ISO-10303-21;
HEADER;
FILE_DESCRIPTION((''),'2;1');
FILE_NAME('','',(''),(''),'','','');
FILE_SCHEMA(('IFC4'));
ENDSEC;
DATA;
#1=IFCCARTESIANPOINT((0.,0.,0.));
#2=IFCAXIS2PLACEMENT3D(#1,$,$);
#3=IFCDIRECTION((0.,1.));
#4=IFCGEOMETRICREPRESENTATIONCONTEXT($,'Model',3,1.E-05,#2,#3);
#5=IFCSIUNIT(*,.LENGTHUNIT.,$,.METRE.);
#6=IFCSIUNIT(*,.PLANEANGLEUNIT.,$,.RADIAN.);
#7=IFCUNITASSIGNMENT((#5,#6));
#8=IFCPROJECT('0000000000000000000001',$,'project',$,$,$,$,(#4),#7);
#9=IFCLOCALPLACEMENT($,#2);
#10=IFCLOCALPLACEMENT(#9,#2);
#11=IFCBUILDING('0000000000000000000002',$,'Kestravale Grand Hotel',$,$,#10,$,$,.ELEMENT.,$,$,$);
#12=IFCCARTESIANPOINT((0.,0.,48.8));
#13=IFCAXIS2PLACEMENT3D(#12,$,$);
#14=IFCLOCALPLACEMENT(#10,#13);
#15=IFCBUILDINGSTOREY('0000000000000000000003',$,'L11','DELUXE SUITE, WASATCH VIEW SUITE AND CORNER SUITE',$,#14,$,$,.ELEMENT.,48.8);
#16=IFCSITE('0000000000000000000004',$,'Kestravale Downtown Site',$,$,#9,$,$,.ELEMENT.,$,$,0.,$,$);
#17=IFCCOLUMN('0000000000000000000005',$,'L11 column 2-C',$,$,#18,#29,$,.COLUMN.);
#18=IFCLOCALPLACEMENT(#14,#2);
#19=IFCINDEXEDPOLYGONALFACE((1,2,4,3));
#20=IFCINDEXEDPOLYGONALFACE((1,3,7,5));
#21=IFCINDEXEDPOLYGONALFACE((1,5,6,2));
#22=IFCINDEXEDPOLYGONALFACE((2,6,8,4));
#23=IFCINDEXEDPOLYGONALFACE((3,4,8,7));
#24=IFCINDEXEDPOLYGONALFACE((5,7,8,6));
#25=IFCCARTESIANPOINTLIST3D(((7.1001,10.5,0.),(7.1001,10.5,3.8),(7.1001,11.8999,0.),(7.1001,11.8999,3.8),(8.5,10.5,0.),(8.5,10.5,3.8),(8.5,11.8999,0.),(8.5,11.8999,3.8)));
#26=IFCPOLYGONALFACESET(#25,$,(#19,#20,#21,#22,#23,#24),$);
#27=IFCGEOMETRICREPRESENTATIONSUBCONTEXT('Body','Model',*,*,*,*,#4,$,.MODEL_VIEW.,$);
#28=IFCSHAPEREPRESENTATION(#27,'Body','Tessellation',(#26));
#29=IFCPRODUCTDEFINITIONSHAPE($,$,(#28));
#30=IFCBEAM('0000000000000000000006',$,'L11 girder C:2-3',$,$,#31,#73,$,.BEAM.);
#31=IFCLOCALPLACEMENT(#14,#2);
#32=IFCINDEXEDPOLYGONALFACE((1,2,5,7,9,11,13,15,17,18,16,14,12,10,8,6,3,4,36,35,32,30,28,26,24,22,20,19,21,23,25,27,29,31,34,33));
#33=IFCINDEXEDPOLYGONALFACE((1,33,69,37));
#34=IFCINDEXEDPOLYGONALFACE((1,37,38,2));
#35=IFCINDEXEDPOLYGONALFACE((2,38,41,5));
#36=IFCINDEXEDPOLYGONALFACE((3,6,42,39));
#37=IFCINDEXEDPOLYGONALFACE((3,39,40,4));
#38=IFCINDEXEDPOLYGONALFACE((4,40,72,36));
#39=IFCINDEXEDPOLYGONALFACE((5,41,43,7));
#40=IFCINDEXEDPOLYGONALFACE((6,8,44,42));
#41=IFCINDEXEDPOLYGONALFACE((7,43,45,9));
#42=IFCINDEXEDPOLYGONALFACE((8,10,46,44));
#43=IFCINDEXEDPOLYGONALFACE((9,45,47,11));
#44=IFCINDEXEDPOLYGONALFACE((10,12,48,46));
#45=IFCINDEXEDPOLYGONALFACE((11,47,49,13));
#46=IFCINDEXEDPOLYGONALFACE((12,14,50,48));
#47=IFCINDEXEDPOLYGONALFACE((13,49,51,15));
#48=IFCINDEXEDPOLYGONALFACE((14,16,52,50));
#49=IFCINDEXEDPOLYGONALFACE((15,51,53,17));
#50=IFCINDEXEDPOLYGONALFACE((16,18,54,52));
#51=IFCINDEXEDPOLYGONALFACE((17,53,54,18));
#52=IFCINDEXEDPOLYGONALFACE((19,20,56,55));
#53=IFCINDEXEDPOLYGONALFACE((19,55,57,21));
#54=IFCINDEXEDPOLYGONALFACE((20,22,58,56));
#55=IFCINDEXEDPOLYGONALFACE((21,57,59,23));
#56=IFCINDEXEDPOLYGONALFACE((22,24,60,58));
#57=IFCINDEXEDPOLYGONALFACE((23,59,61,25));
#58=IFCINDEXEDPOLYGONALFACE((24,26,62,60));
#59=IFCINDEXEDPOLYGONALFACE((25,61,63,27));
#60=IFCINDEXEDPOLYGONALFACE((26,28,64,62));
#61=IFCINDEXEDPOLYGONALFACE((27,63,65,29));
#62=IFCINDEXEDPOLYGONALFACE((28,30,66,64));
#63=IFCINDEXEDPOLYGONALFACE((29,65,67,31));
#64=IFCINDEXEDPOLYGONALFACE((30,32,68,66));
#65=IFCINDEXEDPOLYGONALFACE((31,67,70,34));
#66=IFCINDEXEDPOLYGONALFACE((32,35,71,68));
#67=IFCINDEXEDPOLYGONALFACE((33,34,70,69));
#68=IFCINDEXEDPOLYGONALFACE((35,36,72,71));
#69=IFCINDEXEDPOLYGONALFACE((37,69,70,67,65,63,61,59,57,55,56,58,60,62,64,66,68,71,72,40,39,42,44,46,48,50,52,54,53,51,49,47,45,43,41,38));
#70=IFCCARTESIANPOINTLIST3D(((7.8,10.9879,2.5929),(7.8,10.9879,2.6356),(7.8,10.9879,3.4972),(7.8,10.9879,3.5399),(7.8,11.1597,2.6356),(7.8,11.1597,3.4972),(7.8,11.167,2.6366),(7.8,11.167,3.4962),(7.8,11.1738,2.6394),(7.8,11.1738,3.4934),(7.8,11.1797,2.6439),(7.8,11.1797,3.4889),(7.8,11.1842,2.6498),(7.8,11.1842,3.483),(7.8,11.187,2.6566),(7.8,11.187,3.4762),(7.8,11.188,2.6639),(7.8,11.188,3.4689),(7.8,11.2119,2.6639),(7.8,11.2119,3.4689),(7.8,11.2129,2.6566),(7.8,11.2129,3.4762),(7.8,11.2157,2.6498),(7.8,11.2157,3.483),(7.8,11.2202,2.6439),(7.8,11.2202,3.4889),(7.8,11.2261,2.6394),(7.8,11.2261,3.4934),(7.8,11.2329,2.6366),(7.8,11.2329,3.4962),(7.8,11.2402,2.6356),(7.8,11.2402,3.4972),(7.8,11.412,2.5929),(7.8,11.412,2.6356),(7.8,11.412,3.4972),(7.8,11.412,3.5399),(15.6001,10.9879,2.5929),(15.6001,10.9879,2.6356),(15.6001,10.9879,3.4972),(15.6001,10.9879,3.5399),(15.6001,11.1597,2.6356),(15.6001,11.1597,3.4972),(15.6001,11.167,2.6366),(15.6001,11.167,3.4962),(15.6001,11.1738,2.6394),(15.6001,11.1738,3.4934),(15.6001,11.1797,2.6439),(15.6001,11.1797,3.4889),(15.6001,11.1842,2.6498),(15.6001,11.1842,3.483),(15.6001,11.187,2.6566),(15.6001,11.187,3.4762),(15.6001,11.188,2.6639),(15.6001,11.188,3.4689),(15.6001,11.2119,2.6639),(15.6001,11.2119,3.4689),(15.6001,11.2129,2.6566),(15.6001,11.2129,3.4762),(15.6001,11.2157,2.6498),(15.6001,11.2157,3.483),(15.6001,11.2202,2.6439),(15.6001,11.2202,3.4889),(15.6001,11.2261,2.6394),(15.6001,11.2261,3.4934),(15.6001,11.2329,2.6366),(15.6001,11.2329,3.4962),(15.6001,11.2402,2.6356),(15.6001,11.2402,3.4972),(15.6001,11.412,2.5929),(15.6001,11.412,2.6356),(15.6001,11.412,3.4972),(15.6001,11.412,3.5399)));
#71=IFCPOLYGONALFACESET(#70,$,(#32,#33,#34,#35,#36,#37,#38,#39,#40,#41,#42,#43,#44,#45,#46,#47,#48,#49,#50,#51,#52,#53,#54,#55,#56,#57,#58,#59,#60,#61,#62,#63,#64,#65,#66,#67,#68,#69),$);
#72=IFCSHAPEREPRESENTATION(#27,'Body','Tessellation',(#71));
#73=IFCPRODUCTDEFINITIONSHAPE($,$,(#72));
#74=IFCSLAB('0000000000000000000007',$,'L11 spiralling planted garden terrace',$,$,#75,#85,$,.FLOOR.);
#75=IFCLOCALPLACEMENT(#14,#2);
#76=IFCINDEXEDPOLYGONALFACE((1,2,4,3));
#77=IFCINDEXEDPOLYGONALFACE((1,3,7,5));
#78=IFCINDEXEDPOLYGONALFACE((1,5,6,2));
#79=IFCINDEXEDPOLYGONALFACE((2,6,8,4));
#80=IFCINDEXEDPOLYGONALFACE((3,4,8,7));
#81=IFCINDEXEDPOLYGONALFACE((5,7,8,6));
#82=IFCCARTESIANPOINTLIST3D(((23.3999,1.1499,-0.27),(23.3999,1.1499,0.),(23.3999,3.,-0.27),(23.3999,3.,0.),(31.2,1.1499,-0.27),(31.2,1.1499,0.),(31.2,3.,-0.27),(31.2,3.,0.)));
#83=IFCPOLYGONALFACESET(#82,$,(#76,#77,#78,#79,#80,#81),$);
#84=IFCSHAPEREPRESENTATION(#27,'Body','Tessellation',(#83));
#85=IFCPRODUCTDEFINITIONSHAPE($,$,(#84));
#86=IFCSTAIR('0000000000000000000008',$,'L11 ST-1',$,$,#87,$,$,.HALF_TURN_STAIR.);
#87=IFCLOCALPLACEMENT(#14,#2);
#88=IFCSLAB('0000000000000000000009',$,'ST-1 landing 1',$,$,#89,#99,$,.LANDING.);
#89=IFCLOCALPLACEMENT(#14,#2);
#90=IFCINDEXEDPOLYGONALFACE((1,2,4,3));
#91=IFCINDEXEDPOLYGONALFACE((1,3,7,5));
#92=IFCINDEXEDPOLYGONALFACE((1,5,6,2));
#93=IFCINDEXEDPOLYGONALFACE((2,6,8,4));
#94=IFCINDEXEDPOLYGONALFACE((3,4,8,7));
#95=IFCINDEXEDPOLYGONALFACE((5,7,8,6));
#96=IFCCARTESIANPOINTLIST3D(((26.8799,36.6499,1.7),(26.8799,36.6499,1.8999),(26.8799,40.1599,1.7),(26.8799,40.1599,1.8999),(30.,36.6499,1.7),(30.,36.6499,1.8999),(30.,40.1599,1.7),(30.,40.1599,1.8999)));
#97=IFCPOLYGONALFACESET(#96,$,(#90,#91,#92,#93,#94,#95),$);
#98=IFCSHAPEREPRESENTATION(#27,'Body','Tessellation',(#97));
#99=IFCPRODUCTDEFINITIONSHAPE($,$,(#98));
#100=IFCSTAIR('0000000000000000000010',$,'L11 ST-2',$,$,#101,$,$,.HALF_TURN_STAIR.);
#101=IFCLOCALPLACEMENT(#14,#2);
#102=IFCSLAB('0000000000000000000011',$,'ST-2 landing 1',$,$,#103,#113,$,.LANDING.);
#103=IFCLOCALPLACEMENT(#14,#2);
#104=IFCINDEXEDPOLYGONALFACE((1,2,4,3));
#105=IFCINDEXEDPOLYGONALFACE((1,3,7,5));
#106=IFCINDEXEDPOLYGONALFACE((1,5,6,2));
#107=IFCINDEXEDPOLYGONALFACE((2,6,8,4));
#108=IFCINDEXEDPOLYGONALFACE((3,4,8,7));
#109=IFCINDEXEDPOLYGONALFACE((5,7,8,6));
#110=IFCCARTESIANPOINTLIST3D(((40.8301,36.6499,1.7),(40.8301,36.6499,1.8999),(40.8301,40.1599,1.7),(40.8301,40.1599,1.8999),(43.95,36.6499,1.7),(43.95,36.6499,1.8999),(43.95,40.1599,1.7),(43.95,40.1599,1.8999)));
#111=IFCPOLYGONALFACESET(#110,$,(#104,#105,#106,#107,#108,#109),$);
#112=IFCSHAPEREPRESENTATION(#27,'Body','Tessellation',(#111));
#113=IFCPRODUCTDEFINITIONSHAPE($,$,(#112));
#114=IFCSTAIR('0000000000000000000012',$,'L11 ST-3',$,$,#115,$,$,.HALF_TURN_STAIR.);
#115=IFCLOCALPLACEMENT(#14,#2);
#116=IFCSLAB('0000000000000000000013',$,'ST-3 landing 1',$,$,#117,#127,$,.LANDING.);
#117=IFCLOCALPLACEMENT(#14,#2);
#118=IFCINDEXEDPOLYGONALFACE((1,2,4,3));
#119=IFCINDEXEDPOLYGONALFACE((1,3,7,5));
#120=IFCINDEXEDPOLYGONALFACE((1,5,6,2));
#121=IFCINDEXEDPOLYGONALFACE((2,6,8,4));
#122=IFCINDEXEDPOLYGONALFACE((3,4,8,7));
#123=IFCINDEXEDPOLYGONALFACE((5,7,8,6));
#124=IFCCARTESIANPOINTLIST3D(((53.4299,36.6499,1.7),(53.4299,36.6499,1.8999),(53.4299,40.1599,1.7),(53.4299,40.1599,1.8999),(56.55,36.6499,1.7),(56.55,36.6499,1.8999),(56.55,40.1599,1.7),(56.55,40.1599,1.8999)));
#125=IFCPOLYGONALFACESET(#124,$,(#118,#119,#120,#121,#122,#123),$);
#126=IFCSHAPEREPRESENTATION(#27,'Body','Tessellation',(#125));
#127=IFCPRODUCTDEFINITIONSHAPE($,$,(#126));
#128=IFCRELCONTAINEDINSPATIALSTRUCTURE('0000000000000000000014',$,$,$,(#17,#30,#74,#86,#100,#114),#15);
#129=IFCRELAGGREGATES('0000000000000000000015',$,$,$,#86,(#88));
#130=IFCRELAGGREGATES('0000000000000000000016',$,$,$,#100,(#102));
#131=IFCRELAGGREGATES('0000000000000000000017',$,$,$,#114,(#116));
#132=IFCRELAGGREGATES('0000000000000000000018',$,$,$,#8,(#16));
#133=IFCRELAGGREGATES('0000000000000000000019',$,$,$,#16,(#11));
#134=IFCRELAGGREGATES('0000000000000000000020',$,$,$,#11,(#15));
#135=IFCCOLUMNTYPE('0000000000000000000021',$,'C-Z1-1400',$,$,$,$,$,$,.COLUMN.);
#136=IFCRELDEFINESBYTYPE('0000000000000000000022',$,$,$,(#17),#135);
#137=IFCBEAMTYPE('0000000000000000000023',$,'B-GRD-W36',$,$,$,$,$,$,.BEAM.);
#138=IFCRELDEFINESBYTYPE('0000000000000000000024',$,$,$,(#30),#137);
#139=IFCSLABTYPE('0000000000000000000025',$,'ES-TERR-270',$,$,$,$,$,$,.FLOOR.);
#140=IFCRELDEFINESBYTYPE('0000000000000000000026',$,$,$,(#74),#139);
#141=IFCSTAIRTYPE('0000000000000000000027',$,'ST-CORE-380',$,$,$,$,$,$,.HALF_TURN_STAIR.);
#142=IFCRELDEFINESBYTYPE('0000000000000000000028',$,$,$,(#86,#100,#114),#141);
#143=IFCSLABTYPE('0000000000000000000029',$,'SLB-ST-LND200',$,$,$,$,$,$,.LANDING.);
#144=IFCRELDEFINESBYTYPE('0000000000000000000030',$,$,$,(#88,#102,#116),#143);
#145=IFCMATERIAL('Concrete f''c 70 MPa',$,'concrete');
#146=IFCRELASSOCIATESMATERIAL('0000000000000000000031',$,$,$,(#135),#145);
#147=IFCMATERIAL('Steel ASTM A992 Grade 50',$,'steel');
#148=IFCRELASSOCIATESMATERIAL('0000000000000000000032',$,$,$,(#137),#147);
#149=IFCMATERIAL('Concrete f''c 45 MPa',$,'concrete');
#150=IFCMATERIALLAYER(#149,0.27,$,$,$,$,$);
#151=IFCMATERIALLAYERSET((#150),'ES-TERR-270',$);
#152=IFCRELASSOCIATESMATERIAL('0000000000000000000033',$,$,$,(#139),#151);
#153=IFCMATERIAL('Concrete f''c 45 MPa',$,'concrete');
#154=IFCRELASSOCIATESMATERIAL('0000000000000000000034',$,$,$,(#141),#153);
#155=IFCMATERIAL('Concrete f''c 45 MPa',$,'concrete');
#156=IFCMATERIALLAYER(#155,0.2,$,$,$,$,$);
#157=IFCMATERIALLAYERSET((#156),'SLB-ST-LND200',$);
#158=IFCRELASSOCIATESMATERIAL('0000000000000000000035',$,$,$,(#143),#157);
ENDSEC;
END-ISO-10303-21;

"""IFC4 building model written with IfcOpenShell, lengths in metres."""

from ifc_helpers import new_model, si_unit, direction, frame, origin, origin_2d, place, context, subcontext, project, spatial, polyline, rectangle, i_section, outline, extrude, material, layer, layer_set, material_profile, profile_set, type_object, element, aggregate, save


model = new_model("IFC4")

# Units and contexts
model_context = context("Model", 3, precision=1e-05, world=origin(), true_north=direction((0.0, 1.0)))
body_context = subcontext(model_context, "Body", "Model", "MODEL_VIEW")
ifc_project = project(units=[si_unit("LENGTHUNIT", "METRE"), si_unit("PLANEANGLEUNIT", "RADIAN")], contexts=[model_context])

# Site, building, storey
site_placement = place(None, origin())
site = spatial("IfcSite", under=ifc_project, at=site_placement, Name="Kestravale Downtown Site", CompositionType="ELEMENT", RefElevation=0.0)
building_placement = place(site_placement, origin())
building = spatial("IfcBuilding", under=site, at=building_placement, Name="Kestravale Grand Hotel", CompositionType="ELEMENT")
storey_placement = place(building_placement, frame((0.0, 0.0, 48.8)))
storey = spatial("IfcBuildingStorey", under=building, at=storey_placement, Name="L11", Description="DELUXE SUITE, WASATCH VIEW SUITE AND CORNER SUITE", CompositionType="ELEMENT", Elevation=48.8)

# Column
ifc_material_1 = material(Name="Concrete f'c 70 MPa", Category="concrete")
ifc_material_profile_1 = material_profile(ifc_material_1, rectangle(XDim=1.3999, YDim=1.3999, at=origin_2d()))
ifc_profile_set_1 = profile_set([ifc_material_profile_1], Name="Concrete f'c 70 MPa")
column_type = type_object("IfcColumnType", Name="C-Z1-1400", PredefinedType="COLUMN", material=ifc_profile_set_1)
column_placement = place(storey_placement, frame((7.8, 11.2, 0.0), z_axis=(0.0, 0.0, 1.0), x_axis=(1.0, 0.0, 0.0)))
element("IfcColumn", 1, at=column_placement, inside=storey, type_object=column_type, Name="L11 column 2-C", PredefinedType="COLUMN", context=body_context, shape_type="SweptSolid", body=[
    extrude(rectangle(XDim=1.3999, YDim=1.3999, at=origin_2d()), origin(), (0.0, 0.0, 1.0), 3.8),
])

# Beam
ifc_material_2 = material(Name="Steel ASTM A992 Grade 50", Category="steel")
ifc_material_profile_2 = material_profile(ifc_material_2, i_section(OverallWidth=0.4241, OverallDepth=0.947, WebThickness=0.0239, FlangeThickness=0.0427, FilletRadius=0.0283, at=origin_2d()))
ifc_profile_set_2 = profile_set([ifc_material_profile_2], Name="Steel ASTM A992 Grade 50")
beam_type = type_object("IfcBeamType", Name="B-GRD-W36", PredefinedType="BEAM", material=ifc_profile_set_2)
beam_placement = place(storey_placement, frame((7.8, 11.2, 3.0664), z_axis=(1.0, 0.0, 0.0), x_axis=(0.0, 1.0, 0.0)))
element("IfcBeam", 2, at=beam_placement, inside=storey, type_object=beam_type, Name="L11 girder C:2-3", PredefinedType="BEAM", context=body_context, shape_type="SweptSolid", body=[
    extrude(i_section(OverallWidth=0.4241, OverallDepth=0.947, WebThickness=0.0239, FlangeThickness=0.0427, FilletRadius=0.0283, at=origin_2d()), origin(), (0.0, 0.0, 1.0), 7.8),
])

# Slab
ifc_material_3 = material(Name="Concrete f'c 45 MPa", Category="concrete")
ifc_layer_1 = layer(ifc_material_3, 0.27)
ifc_layer_set_1 = layer_set([ifc_layer_1], Name="ES-TERR-270")
slab_type_1 = type_object("IfcSlabType", Name="ES-TERR-270", PredefinedType="FLOOR", material=ifc_layer_set_1)
slab_1_placement = place(storey_placement, frame((0.0, 0.0, -0.27)))
element("IfcSlab", 3, at=slab_1_placement, inside=storey, type_object=slab_type_1, Name="L11 spiralling planted garden terrace", PredefinedType="FLOOR", context=body_context, shape_type="SweptSolid", body=[
    extrude(outline(polyline([(23.3999, 1.1499), (31.2, 1.1499), (31.2, 3.0), (23.3999, 3.0), (23.3999, 1.1499)])), origin(), (0.0, 0.0, 1.0), 0.27),
])

# Stairs, slabs
ifc_material_4 = material(Name="Concrete f'c 45 MPa", Category="concrete")
stair_type = type_object("IfcStairType", Name="ST-CORE-380", PredefinedType="HALF_TURN_STAIR", material=ifc_material_4)
stair_1_placement = place(storey_placement, origin())
stair_1 = element("IfcStair", 4, at=stair_1_placement, inside=storey, type_object=stair_type, Name="L11 ST-1", PredefinedType="HALF_TURN_STAIR")
ifc_material_5 = material(Name="Concrete f'c 45 MPa", Category="concrete")
ifc_layer_2 = layer(ifc_material_5, 0.2)
ifc_layer_set_2 = layer_set([ifc_layer_2], Name="SLB-ST-LND200")
slab_type_2 = type_object("IfcSlabType", Name="SLB-ST-LND200", PredefinedType="LANDING", material=ifc_layer_set_2)
slab_2_placement = place(storey_placement, frame((0.0, 0.0, 1.7)))
slab_2 = element("IfcSlab", 5, at=slab_2_placement, type_object=slab_type_2, Name="ST-1 landing 1", PredefinedType="LANDING", context=body_context, shape_type="SweptSolid", body=[
    extrude(outline(polyline([(26.8799, 36.6499), (30.0, 36.6499), (30.0, 40.1599), (26.8799, 40.1599), (26.8799, 36.6499)])), origin(), (0.0, 0.0, 1.0), 0.2),
])
aggregate(stair_1, [slab_2])
stair_2_placement = place(storey_placement, origin())
stair_2 = element("IfcStair", 6, at=stair_2_placement, inside=storey, type_object=stair_type, Name="L11 ST-2", PredefinedType="HALF_TURN_STAIR")
slab_3_placement = place(storey_placement, frame((0.0, 0.0, 1.7)))
slab_3 = element("IfcSlab", 7, at=slab_3_placement, type_object=slab_type_2, Name="ST-2 landing 1", PredefinedType="LANDING", context=body_context, shape_type="SweptSolid", body=[
    extrude(outline(polyline([(40.8301, 36.6499), (43.95, 36.6499), (43.95, 40.1599), (40.8301, 40.1599), (40.8301, 36.6499)])), origin(), (0.0, 0.0, 1.0), 0.2),
])
aggregate(stair_2, [slab_3])
stair_3_placement = place(storey_placement, origin())
stair_3 = element("IfcStair", 8, at=stair_3_placement, inside=storey, type_object=stair_type, Name="L11 ST-3", PredefinedType="HALF_TURN_STAIR")
slab_4_placement = place(storey_placement, frame((0.0, 0.0, 1.7)))
slab_4 = element("IfcSlab", 9, at=slab_4_placement, type_object=slab_type_2, Name="ST-3 landing 1", PredefinedType="LANDING", context=body_context, shape_type="SweptSolid", body=[
    extrude(outline(polyline([(53.4299, 36.6499), (56.55, 36.6499), (56.55, 40.1599), (53.4299, 40.1599), (53.4299, 36.6499)])), origin(), (0.0, 0.0, 1.0), 0.2),
])
aggregate(stair_3, [slab_4])

save(model, "model.ifc")
